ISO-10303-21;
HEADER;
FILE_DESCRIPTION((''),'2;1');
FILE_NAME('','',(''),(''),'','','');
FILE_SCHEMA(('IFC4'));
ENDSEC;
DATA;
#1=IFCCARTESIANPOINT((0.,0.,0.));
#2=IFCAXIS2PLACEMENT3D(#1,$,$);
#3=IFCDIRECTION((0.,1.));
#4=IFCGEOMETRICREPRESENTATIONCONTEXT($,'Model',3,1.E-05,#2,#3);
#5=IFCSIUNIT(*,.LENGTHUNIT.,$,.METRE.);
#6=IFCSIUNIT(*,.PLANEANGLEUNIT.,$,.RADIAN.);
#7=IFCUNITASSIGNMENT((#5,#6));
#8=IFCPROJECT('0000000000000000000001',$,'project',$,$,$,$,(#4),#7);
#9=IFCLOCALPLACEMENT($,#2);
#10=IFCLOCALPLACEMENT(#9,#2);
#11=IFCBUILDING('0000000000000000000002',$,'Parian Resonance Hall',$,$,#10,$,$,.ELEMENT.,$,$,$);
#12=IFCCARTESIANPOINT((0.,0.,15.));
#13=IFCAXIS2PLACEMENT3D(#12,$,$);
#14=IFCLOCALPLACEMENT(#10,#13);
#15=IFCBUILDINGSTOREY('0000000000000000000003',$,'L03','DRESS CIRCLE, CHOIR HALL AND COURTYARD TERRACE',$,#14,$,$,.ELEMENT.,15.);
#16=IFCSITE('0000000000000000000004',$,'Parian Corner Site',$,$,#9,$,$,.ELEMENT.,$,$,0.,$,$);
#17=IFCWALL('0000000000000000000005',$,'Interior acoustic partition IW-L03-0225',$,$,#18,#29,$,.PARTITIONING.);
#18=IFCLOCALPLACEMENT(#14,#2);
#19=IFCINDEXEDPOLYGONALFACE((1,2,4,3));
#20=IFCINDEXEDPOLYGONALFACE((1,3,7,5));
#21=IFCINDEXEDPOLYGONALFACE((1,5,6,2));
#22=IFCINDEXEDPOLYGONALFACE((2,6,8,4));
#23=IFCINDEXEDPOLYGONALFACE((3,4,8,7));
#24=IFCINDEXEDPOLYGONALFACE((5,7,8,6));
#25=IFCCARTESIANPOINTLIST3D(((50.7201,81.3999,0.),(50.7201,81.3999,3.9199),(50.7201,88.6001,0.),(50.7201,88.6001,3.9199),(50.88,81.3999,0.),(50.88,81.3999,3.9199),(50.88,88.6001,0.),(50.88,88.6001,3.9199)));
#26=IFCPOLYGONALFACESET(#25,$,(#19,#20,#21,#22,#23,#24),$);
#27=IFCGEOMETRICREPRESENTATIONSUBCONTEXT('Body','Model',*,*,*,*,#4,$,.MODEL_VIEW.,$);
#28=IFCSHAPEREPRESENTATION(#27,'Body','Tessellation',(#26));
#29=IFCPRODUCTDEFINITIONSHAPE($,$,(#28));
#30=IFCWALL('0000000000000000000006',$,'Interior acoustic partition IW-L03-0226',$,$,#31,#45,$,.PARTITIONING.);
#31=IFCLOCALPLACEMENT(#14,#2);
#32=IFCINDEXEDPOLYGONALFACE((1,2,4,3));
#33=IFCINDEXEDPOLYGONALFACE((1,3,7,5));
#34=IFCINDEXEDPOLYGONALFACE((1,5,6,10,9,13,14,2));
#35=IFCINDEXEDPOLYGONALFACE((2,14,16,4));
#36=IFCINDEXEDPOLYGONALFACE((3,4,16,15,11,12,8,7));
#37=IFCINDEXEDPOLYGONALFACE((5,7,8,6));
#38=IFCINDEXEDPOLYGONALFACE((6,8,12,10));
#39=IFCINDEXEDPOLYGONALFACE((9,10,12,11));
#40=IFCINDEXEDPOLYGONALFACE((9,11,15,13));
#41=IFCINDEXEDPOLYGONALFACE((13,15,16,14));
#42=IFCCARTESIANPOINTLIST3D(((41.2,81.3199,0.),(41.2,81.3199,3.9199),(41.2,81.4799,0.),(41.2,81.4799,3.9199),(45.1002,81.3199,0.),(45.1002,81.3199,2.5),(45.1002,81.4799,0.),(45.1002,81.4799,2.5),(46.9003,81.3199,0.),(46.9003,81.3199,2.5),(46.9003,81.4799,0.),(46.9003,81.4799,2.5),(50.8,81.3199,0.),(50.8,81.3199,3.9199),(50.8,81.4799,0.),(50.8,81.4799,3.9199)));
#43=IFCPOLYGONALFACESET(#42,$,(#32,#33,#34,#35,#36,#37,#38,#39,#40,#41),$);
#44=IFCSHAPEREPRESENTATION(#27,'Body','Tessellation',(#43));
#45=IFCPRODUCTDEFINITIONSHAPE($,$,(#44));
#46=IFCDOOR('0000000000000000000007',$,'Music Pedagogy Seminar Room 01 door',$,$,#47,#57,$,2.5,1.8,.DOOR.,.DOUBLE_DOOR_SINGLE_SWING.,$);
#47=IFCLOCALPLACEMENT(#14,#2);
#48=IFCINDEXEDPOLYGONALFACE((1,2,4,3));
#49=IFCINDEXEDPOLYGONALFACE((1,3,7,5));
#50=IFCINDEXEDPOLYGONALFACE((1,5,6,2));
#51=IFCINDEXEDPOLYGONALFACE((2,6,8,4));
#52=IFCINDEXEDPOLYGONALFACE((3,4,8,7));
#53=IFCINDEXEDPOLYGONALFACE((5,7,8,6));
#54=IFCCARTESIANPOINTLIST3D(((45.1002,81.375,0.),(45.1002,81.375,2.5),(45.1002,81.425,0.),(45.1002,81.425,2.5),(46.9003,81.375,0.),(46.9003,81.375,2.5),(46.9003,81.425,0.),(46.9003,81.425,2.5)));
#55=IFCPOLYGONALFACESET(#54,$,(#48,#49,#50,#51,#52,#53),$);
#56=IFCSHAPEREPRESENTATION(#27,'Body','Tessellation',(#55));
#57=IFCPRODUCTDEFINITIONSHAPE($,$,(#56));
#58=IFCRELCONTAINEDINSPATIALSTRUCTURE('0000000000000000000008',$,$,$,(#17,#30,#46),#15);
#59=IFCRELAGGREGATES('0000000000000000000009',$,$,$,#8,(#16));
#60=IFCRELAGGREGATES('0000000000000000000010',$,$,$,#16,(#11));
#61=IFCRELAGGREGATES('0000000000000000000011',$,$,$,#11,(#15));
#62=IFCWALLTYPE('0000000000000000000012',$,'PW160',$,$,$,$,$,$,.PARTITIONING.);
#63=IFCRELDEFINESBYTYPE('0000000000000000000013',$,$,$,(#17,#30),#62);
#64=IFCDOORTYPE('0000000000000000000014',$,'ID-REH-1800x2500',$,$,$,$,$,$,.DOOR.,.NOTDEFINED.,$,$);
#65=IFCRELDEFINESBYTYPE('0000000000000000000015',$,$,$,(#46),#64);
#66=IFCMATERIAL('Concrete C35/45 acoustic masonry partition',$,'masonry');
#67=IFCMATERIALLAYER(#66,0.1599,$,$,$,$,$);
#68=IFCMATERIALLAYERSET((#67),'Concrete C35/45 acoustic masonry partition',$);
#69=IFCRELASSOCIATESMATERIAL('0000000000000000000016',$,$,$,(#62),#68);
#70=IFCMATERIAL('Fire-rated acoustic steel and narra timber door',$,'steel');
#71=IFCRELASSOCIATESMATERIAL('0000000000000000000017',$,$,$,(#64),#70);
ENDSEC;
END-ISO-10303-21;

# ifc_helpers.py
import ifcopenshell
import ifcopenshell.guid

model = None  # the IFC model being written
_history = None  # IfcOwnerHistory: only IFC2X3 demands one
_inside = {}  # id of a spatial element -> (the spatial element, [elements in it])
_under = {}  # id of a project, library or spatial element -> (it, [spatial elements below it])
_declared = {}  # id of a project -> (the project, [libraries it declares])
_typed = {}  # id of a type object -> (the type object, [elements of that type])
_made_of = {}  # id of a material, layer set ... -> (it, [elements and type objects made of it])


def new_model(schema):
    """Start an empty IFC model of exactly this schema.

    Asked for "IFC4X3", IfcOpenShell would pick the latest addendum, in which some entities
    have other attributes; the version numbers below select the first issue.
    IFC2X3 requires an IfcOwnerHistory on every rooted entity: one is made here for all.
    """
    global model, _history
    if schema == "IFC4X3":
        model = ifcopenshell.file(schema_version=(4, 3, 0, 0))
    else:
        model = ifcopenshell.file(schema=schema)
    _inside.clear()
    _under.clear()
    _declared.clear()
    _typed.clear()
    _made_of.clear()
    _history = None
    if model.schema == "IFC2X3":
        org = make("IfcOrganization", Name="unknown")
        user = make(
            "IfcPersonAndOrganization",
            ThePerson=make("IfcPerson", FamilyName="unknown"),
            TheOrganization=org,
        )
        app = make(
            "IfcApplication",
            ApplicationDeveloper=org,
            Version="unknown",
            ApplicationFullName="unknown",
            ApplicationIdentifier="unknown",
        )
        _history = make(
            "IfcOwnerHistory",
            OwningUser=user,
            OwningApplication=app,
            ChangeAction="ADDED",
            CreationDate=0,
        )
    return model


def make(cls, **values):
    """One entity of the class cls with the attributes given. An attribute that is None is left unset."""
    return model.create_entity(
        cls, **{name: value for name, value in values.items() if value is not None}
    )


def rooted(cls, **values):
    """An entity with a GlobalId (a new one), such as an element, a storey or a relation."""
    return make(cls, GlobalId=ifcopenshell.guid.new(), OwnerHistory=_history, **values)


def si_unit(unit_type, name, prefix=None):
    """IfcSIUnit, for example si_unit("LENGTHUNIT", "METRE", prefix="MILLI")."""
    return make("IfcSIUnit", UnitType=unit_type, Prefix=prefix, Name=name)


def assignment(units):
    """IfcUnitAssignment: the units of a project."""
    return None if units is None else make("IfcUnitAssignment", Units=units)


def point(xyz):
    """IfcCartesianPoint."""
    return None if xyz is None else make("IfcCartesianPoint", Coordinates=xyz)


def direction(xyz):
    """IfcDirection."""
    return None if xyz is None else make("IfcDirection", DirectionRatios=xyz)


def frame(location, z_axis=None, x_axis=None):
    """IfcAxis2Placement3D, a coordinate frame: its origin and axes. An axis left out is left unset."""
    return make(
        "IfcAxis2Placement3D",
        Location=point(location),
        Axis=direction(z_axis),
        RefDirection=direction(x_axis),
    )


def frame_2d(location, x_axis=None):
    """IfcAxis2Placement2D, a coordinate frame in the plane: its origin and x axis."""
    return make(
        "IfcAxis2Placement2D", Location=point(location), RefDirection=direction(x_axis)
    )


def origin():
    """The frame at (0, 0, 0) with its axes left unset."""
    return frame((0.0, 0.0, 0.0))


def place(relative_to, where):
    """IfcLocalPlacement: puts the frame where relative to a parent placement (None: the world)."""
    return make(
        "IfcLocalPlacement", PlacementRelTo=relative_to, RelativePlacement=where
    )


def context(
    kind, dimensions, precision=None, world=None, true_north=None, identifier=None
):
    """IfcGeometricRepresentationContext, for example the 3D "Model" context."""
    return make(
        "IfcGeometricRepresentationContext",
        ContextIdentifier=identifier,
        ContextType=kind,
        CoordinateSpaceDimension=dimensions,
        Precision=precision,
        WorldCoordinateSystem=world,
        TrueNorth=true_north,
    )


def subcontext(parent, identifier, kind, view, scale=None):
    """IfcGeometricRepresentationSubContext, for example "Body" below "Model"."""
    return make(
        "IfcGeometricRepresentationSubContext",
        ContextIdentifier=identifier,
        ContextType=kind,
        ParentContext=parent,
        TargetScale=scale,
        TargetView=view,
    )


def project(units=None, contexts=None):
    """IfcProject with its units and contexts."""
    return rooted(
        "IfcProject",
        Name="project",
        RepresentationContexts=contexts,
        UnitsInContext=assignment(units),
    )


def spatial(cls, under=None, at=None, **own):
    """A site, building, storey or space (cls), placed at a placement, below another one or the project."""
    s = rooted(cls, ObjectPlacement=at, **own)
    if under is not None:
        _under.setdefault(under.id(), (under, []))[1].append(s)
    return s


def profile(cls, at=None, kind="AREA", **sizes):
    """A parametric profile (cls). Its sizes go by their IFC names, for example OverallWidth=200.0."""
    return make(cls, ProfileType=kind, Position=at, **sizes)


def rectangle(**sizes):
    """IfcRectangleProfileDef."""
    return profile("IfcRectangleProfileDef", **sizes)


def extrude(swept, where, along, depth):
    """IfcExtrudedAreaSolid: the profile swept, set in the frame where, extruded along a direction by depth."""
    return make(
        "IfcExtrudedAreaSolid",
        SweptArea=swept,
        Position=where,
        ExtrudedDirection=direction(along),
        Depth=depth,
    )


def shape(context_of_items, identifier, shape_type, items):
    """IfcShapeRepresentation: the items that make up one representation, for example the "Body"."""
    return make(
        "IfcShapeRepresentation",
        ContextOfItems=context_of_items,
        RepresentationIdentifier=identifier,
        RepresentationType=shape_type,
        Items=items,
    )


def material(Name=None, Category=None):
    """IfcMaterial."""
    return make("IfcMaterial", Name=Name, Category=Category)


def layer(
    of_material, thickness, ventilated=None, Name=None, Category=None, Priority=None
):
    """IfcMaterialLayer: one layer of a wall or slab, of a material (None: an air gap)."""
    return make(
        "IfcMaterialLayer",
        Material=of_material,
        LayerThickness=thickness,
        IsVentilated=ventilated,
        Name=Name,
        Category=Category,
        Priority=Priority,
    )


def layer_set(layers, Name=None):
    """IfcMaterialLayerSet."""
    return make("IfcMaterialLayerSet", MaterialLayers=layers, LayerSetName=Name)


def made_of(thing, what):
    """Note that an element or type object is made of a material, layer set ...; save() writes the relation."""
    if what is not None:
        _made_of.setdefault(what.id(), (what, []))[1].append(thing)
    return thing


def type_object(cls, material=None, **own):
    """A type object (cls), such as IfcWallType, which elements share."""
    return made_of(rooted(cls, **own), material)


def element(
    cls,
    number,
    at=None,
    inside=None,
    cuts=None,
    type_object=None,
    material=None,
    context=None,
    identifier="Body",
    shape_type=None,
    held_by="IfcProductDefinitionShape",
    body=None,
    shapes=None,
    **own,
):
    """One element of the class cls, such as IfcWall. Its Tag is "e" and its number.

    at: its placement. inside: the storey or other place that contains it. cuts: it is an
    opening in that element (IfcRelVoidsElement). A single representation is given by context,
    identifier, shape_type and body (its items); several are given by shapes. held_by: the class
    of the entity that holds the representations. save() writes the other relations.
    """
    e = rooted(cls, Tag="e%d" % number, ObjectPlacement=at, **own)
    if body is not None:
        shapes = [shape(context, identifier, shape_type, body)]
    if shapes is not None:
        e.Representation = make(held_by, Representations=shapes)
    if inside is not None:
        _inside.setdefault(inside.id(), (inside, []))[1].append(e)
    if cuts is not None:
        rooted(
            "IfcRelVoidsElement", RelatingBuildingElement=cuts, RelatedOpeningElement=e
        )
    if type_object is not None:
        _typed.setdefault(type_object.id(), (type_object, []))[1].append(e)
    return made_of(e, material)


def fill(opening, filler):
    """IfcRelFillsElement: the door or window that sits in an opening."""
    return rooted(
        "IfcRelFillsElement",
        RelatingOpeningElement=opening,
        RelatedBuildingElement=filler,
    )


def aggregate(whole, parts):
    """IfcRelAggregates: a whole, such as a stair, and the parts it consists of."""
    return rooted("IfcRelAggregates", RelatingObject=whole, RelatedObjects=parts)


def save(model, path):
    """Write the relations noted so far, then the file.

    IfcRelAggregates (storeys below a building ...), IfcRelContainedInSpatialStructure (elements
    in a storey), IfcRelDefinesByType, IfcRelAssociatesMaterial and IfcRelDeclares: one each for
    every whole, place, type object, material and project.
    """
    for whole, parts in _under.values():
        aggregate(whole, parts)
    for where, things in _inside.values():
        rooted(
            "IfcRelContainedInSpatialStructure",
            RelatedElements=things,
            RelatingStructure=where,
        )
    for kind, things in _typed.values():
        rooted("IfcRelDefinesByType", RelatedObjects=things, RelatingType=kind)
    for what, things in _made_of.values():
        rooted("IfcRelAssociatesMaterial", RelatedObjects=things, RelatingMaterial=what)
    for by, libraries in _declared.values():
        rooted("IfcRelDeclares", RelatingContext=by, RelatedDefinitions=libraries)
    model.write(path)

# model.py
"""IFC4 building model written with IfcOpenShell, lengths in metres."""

from ifc_helpers import new_model, si_unit, direction, frame, frame_2d, origin, place, context, subcontext, project, spatial, rectangle, extrude, material, layer, layer_set, type_object, element, fill, save


model = new_model("IFC4")

# Units and contexts
model_context = context("Model", 3, precision=1e-05, world=origin(), true_north=direction((0.0, 1.0)))
body_context = subcontext(model_context, "Body", "Model", "MODEL_VIEW")
ifc_project = project(units=[si_unit("LENGTHUNIT", "METRE"), si_unit("PLANEANGLEUNIT", "RADIAN")], contexts=[model_context])

# Site, building, storey
site_placement = place(None, origin())
site = spatial("IfcSite", under=ifc_project, at=site_placement, Name="Parian Corner Site", CompositionType="ELEMENT", RefElevation=0.0)
building_placement = place(site_placement, origin())
building = spatial("IfcBuilding", under=site, at=building_placement, Name="Parian Resonance Hall", CompositionType="ELEMENT")
storey_placement = place(building_placement, frame((0.0, 0.0, 15.0)))
storey = spatial("IfcBuildingStorey", under=building, at=storey_placement, Name="L03", Description="DRESS CIRCLE, CHOIR HALL AND COURTYARD TERRACE", CompositionType="ELEMENT", Elevation=15.0)

# Wall
ifc_material_1 = material(Name="Concrete C35/45 acoustic masonry partition", Category="masonry")
ifc_layer_1 = layer(ifc_material_1, 0.1599)
ifc_layer_set_1 = layer_set([ifc_layer_1], Name="Concrete C35/45 acoustic masonry partition")
wall_type = type_object("IfcWallType", Name="PW160", PredefinedType="PARTITIONING", material=ifc_layer_set_1)
wall_1_placement = place(storey_placement, frame((50.8, 88.6001, 0.0), z_axis=(0.0, 0.0, 1.0), x_axis=(0.0, -1.0, 0.0)))
element("IfcWall", 1, at=wall_1_placement, inside=storey, type_object=wall_type, Name="Interior acoustic partition IW-L03-0225", PredefinedType="PARTITIONING", context=body_context, shape_type="SweptSolid", body=[
    extrude(rectangle(XDim=7.2002, YDim=0.1599, at=frame_2d((3.6001, 0.0))), origin(), (0.0, 0.0, 1.0), 3.9199),
])

# Wall, opening, door
wall_2_placement = place(storey_placement, frame((50.8, 81.3999, 0.0), z_axis=(0.0, 0.0, 1.0), x_axis=(-1.0, 0.0, 0.0)))
wall_2 = element("IfcWall", 2, at=wall_2_placement, inside=storey, type_object=wall_type, Name="Interior acoustic partition IW-L03-0226", PredefinedType="PARTITIONING", context=body_context, shape_type="SweptSolid", body=[
    extrude(rectangle(XDim=9.6001, YDim=0.1599, at=frame_2d((4.8, 0.0))), origin(), (0.0, 0.0, 1.0), 3.9199),
])
opening_placement = place(wall_2_placement, frame((3.8999, 0.0, 0.0)))
opening = element("IfcOpeningElement", 3, at=opening_placement, cuts=wall_2, PredefinedType="OPENING", context=body_context, shape_type="SweptSolid", body=[
    extrude(rectangle(XDim=1.8, YDim=2.5, at=frame_2d((0.8999, 1.25))), frame((0.0, 0.0898, 0.0), z_axis=(0.0, -1.0, 0.0), x_axis=(1.0, 0.0, 0.0)), (0.0, 0.0, 1.0), 0.1799),
])
ifc_material_2 = material(Name="Fire-rated acoustic steel and narra timber door", Category="steel")
door_type = type_object("IfcDoorType", Name="ID-REH-1800x2500", OperationType="NOTDEFINED", PredefinedType="DOOR", material=ifc_material_2)
door_placement = place(opening_placement, origin())
door = element("IfcDoor", 4, at=door_placement, inside=storey, type_object=door_type, Name="Music Pedagogy Seminar Room 01 door", OperationType="DOUBLE_DOOR_SINGLE_SWING", OverallHeight=2.5, OverallWidth=1.8, PredefinedType="DOOR", context=body_context, shape_type="SweptSolid", body=[
    extrude(rectangle(XDim=1.8, YDim=2.5, at=frame_2d((0.8999, 1.25))), frame((0.0, 0.0249, 0.0), z_axis=(0.0, -1.0, 0.0), x_axis=(1.0, 0.0, 0.0)), (0.0, 0.0, 1.0), 0.05),
])
fill(opening, door)

save(model, "model.ifc")
